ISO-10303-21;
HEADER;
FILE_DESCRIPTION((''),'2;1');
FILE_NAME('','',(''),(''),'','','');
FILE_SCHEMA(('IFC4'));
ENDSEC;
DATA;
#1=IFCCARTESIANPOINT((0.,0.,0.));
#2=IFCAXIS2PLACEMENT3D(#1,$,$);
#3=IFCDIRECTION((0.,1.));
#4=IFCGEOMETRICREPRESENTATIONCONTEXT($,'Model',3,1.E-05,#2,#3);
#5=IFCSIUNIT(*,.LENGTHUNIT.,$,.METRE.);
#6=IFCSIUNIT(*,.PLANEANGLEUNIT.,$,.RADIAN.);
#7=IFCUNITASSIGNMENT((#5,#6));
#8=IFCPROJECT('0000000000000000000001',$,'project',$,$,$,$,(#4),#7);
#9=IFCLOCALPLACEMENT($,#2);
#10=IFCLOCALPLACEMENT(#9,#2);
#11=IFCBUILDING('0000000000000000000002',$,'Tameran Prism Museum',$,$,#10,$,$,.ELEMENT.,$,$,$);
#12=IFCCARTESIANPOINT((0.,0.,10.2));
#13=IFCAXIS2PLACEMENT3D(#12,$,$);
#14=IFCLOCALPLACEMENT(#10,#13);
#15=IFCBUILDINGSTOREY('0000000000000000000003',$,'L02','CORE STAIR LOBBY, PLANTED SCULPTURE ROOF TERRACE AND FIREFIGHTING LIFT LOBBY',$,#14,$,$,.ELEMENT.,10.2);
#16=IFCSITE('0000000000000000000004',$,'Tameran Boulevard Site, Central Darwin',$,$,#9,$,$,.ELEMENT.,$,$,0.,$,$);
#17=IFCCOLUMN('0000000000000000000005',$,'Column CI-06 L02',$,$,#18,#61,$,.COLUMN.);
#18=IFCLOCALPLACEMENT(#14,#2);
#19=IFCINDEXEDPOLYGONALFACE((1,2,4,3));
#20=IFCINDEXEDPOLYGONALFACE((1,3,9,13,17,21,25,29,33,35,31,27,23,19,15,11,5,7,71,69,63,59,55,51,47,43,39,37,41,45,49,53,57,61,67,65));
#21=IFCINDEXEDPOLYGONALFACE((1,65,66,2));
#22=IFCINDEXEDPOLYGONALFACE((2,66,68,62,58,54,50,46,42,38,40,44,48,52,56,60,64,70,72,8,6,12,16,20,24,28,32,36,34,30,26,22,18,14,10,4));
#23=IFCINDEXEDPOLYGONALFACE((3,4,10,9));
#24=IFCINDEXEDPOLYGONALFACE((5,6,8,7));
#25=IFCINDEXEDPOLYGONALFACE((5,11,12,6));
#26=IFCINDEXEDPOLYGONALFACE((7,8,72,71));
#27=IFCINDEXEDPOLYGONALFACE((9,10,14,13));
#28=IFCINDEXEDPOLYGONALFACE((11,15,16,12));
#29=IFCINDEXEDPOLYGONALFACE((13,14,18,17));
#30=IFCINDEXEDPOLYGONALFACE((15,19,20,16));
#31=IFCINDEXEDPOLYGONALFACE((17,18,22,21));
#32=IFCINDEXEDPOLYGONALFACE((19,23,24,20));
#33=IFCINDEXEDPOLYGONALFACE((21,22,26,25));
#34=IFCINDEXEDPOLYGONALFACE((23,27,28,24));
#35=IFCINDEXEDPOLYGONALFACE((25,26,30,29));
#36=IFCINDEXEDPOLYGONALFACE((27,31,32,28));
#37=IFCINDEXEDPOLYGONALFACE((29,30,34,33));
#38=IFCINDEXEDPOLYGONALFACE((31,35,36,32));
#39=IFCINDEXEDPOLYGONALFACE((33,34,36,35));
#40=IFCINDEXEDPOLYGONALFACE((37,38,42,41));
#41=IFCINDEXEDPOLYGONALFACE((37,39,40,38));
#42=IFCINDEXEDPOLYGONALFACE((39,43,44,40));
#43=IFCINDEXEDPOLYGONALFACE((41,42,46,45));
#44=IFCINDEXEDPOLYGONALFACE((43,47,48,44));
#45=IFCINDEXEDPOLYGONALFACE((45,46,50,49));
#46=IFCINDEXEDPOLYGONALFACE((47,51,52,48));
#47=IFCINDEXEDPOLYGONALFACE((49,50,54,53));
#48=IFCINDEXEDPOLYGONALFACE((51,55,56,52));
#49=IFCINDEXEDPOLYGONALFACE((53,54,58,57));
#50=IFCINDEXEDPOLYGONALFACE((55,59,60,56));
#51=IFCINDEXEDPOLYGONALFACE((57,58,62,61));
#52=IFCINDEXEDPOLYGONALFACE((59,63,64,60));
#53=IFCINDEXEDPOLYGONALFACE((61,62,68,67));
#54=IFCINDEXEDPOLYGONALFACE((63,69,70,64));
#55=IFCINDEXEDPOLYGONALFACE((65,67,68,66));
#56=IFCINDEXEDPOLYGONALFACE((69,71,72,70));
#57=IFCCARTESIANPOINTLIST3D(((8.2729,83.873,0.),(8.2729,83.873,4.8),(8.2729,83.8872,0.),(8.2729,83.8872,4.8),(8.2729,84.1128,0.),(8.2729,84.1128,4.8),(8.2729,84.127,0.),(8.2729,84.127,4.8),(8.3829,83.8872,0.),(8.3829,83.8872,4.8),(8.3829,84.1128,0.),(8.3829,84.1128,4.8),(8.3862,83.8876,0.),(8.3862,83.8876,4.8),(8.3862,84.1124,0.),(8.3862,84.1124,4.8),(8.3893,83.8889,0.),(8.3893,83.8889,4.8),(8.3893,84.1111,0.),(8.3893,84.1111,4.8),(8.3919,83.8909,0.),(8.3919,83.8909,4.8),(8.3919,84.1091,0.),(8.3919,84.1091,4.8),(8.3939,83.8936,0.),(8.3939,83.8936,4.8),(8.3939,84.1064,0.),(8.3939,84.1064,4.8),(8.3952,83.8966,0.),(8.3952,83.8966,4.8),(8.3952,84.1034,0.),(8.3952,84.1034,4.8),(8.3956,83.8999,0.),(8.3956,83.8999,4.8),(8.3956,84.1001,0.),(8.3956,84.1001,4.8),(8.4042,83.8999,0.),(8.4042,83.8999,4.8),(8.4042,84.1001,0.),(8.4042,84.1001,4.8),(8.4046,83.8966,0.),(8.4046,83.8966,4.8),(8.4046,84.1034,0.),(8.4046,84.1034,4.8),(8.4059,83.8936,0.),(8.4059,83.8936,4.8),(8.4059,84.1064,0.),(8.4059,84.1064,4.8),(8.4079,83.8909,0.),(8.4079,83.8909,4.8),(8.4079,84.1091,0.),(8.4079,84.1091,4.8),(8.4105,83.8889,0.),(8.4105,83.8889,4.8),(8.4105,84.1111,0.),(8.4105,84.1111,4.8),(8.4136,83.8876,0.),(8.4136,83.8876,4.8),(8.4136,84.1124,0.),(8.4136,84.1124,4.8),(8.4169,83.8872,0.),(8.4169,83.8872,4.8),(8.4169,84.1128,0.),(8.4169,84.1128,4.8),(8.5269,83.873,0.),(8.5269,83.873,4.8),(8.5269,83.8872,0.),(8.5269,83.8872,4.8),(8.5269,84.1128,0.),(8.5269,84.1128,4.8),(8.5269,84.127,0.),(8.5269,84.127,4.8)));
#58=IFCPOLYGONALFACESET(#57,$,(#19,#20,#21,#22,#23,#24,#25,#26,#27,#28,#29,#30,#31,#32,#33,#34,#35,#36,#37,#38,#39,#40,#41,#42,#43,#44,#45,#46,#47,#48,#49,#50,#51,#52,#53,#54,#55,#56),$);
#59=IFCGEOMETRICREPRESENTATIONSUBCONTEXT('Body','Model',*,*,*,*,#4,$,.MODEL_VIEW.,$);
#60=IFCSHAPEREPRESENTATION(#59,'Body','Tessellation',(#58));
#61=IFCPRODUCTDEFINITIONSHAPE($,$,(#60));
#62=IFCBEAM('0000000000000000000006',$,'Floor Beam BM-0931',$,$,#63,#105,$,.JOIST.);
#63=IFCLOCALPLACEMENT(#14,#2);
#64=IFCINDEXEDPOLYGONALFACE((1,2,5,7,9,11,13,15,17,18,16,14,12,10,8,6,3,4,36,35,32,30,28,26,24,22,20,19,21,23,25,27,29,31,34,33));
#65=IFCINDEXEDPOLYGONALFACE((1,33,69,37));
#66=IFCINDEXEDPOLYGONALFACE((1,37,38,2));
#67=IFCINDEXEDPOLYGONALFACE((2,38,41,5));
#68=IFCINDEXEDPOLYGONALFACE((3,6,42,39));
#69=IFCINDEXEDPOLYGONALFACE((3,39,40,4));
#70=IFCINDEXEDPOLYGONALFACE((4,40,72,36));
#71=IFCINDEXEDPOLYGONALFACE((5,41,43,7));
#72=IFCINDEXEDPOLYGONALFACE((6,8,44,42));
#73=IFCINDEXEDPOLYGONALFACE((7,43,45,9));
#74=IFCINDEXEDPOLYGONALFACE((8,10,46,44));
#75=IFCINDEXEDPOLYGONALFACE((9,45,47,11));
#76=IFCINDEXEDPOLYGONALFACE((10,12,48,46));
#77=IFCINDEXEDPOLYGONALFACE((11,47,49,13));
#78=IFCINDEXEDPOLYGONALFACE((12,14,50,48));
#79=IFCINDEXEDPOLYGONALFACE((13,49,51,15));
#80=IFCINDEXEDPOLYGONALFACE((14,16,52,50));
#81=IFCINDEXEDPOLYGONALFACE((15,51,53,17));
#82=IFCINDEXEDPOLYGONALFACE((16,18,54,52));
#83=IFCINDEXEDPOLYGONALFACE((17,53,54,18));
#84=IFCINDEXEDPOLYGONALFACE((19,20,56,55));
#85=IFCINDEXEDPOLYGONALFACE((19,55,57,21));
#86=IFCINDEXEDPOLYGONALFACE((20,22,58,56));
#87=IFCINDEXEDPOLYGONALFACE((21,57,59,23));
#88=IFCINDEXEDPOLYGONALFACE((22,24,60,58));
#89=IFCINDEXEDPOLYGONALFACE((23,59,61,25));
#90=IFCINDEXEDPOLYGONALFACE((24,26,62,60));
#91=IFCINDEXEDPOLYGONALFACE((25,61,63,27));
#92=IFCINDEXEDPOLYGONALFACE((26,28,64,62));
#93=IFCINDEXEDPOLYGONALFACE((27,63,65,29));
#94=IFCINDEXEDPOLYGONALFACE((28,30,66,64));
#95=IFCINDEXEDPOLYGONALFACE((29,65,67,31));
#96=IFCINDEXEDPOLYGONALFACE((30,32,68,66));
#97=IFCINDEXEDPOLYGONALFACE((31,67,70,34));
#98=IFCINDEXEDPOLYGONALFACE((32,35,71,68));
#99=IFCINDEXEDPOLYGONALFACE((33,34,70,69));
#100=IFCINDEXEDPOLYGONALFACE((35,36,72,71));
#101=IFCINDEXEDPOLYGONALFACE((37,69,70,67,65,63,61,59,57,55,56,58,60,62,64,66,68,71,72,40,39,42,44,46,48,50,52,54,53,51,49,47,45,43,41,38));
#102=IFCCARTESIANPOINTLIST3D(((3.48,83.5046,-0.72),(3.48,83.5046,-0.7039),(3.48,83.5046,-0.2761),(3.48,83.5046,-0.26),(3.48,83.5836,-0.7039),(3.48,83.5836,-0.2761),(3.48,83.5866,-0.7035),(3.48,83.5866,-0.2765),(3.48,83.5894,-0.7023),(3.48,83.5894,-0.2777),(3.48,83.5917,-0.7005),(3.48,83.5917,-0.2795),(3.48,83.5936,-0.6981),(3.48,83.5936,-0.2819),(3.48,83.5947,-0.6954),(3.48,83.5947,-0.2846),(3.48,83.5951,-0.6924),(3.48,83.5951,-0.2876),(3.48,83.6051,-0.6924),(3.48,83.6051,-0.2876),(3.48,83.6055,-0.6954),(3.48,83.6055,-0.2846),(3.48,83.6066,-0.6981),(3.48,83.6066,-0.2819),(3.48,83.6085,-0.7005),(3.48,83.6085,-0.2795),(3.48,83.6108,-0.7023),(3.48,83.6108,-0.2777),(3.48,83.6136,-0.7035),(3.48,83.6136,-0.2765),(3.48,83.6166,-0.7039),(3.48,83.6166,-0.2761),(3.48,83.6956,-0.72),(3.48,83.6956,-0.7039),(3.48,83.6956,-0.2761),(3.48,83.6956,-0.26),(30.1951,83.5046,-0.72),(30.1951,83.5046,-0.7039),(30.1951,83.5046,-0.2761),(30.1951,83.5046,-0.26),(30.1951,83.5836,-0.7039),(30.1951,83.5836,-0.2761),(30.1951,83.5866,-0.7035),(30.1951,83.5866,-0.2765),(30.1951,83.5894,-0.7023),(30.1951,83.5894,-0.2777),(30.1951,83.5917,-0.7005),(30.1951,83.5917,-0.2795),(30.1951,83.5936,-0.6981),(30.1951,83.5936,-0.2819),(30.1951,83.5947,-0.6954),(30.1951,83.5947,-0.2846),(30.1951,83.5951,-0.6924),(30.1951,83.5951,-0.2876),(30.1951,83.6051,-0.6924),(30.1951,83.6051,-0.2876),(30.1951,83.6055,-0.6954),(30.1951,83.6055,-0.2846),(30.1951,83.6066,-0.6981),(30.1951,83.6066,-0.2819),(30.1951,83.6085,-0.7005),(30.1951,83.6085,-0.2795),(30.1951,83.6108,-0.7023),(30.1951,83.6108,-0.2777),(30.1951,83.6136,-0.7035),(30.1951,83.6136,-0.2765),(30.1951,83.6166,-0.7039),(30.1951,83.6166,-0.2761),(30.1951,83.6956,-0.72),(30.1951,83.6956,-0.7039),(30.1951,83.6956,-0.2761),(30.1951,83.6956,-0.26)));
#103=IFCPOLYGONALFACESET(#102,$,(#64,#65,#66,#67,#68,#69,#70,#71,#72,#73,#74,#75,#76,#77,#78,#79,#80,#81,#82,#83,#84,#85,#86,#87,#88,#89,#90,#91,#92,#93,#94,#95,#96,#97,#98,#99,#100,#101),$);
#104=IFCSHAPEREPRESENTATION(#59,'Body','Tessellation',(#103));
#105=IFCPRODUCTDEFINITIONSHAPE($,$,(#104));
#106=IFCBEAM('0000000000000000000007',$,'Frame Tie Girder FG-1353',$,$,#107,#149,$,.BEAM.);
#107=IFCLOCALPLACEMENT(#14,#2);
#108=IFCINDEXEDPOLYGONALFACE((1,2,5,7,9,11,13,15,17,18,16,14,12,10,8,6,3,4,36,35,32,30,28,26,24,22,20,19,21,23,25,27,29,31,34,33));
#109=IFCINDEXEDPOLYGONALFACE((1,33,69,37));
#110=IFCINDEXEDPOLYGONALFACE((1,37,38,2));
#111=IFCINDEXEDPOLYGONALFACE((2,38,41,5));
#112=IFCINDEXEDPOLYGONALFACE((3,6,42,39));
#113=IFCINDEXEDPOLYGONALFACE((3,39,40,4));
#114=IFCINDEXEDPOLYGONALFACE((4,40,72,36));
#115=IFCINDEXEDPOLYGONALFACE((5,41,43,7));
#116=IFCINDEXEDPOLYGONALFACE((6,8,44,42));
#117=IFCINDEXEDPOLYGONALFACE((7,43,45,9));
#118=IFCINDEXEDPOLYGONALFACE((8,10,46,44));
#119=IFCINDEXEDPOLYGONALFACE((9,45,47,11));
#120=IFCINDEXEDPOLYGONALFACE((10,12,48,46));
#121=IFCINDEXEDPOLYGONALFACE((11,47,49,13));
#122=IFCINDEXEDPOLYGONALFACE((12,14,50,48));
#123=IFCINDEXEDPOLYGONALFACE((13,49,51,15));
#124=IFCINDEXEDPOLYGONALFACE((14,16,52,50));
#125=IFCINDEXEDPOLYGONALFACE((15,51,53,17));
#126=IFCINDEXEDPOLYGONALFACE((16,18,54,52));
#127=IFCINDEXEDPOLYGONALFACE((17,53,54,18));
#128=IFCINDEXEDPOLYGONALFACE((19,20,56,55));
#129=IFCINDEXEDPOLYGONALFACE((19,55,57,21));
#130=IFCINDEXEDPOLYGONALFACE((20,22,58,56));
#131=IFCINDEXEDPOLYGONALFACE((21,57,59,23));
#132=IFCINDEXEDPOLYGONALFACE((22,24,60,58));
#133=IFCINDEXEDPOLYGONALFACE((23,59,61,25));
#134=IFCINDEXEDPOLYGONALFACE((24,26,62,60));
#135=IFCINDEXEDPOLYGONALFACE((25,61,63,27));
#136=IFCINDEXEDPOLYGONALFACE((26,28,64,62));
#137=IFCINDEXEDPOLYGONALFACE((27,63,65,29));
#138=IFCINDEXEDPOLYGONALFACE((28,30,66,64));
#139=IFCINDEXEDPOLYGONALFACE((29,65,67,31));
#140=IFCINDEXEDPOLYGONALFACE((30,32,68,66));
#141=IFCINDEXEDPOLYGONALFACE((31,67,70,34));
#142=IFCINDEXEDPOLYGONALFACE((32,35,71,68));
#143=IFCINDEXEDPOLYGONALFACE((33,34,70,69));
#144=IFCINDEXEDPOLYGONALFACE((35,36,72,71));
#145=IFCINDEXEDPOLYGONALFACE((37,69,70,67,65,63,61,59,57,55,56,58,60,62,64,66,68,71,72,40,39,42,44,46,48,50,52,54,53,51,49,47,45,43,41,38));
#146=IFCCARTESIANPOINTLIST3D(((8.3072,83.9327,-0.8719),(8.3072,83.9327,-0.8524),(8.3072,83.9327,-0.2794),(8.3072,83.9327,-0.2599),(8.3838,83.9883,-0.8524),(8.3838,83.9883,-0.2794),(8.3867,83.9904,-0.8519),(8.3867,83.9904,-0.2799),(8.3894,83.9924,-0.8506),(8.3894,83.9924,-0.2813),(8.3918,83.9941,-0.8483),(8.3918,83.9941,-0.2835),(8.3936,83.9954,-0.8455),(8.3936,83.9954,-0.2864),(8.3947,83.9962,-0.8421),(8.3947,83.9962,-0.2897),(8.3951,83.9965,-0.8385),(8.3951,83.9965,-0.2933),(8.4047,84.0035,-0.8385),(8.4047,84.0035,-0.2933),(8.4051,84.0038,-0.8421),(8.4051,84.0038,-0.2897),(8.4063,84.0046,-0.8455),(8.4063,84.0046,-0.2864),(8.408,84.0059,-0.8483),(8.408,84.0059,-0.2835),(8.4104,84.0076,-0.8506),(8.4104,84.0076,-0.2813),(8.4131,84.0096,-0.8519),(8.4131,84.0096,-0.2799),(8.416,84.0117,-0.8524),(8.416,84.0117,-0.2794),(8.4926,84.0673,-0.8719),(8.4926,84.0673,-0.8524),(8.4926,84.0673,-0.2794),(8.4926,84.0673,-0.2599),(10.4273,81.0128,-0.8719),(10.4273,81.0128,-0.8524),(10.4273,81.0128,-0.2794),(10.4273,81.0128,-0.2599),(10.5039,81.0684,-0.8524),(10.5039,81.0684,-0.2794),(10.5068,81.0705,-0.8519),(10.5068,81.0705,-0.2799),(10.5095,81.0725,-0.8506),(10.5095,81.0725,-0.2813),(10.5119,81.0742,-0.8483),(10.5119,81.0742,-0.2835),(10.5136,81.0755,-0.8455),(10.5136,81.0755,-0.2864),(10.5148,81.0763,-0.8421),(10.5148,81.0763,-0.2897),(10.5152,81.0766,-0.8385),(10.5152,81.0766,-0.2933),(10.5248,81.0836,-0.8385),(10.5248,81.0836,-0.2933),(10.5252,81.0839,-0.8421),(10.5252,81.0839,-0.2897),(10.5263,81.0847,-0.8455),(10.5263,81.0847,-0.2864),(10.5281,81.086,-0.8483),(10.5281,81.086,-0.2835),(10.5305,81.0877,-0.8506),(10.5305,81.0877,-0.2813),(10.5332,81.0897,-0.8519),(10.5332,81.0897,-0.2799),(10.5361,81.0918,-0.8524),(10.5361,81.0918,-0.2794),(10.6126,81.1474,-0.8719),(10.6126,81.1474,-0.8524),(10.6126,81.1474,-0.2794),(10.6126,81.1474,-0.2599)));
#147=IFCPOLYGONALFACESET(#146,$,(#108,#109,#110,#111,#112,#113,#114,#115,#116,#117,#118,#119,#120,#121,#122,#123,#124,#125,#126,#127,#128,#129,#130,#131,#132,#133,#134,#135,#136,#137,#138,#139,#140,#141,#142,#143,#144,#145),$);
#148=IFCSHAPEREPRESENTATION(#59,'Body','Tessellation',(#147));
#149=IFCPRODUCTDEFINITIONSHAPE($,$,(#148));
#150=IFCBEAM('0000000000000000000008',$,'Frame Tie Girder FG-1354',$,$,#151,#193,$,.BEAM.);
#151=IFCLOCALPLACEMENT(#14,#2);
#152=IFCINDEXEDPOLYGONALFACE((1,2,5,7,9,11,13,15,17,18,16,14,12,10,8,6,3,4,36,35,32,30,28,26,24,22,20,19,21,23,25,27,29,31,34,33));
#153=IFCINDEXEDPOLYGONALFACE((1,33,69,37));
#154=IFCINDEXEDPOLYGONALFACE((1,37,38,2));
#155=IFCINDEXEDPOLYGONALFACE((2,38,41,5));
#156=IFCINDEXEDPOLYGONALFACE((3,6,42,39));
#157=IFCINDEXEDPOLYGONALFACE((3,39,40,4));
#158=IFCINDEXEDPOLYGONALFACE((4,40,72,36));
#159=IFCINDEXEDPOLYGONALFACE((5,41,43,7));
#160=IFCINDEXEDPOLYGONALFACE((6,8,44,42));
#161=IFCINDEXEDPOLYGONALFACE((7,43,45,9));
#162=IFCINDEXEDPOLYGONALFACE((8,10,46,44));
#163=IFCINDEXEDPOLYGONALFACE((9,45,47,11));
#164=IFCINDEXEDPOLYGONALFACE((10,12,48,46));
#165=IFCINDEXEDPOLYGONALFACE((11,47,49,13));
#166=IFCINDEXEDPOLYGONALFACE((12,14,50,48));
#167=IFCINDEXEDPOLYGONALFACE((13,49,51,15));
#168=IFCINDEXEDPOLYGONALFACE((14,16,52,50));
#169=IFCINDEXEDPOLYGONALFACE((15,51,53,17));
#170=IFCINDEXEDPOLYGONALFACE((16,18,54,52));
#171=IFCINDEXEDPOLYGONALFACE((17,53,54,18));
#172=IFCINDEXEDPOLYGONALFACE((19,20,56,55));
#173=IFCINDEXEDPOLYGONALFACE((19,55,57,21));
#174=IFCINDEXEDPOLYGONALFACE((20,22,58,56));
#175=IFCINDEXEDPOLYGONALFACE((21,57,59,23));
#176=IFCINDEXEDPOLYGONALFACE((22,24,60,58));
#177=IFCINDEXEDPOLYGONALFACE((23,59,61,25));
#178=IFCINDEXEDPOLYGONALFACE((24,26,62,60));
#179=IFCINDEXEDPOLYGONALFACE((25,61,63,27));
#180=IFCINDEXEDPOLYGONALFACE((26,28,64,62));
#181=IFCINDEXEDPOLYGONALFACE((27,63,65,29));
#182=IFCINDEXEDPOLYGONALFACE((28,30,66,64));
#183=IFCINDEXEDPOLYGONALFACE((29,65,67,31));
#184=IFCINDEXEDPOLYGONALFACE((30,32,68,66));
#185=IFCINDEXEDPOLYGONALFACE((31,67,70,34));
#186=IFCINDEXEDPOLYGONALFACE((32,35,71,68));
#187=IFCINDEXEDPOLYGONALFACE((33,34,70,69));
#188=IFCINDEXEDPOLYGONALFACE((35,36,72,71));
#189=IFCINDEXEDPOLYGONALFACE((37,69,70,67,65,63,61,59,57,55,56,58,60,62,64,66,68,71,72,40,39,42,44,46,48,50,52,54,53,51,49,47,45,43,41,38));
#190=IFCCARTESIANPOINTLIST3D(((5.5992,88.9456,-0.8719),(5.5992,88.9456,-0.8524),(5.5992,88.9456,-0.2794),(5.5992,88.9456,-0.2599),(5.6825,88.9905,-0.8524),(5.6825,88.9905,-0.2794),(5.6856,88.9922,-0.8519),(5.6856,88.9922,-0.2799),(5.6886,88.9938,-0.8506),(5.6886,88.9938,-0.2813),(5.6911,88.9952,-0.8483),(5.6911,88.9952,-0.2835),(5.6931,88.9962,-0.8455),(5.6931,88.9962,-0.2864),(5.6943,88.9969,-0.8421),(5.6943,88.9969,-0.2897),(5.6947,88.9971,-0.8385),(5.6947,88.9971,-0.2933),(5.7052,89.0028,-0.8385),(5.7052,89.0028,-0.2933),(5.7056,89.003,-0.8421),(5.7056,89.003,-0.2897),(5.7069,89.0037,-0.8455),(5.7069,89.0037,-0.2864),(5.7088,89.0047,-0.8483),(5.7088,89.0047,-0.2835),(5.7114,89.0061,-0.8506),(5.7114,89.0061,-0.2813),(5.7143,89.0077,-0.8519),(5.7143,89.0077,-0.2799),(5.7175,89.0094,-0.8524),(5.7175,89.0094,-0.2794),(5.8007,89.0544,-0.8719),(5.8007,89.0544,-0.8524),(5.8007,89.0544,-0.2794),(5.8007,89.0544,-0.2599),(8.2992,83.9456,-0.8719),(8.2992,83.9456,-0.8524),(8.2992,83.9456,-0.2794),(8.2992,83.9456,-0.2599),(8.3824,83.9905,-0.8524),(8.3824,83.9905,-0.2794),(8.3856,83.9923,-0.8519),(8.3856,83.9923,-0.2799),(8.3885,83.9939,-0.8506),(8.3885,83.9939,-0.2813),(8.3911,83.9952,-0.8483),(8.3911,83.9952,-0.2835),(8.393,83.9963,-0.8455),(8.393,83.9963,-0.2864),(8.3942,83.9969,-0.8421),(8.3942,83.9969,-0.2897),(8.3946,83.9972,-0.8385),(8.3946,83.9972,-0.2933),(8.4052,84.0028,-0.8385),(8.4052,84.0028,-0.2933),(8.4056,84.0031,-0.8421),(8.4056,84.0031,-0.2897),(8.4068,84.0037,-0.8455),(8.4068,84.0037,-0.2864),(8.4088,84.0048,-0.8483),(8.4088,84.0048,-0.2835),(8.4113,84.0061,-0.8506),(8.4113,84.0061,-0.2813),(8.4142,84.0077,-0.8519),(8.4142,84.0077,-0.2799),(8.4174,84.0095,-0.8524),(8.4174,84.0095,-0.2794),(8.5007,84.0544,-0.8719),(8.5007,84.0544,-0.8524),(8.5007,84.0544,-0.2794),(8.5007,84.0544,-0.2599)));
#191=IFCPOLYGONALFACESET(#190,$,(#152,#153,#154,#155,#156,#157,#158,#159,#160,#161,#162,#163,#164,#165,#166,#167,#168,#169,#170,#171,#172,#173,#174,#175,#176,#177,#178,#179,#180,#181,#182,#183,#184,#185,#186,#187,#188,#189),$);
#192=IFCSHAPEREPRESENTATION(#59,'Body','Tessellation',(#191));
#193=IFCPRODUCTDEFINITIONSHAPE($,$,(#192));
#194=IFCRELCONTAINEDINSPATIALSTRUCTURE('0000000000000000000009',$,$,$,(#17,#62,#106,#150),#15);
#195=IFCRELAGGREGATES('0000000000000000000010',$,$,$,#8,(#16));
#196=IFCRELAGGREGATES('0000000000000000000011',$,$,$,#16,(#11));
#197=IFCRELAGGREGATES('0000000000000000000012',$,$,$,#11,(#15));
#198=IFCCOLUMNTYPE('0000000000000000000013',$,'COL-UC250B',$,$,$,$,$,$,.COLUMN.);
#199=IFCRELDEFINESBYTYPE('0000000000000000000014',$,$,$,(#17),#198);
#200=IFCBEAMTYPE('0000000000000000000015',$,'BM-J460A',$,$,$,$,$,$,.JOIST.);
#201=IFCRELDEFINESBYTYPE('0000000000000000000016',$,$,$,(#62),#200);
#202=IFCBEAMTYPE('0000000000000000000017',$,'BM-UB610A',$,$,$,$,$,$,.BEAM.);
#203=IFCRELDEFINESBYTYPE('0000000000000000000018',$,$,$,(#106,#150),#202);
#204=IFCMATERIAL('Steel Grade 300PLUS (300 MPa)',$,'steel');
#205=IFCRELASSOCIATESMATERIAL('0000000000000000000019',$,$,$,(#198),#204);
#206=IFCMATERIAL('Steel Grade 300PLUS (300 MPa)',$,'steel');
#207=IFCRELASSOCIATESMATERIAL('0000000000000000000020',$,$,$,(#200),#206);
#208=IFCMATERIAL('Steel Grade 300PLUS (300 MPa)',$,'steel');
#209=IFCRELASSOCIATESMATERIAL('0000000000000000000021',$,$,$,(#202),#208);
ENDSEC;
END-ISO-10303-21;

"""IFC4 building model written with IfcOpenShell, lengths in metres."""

from ifc_helpers import new_model, si_unit, direction, frame, origin, origin_2d, place, context, subcontext, project, spatial, i_section, extrude, material, material_profile, profile_set, type_object, element, save


model = new_model("IFC4")

# Units and contexts
model_context = context("Model", 3, precision=1e-05, world=origin(), true_north=direction((0.0, 1.0)))
body_context = subcontext(model_context, "Body", "Model", "MODEL_VIEW")
ifc_project = project(units=[si_unit("LENGTHUNIT", "METRE"), si_unit("PLANEANGLEUNIT", "RADIAN")], contexts=[model_context])

# Site, building, storey
site_placement = place(None, origin())
site = spatial("IfcSite", under=ifc_project, at=site_placement, Name="Tameran Boulevard Site, Central Darwin", CompositionType="ELEMENT", RefElevation=0.0)
building_placement = place(site_placement, origin())
building = spatial("IfcBuilding", under=site, at=building_placement, Name="Tameran Prism Museum", CompositionType="ELEMENT")
storey_placement = place(building_placement, frame((0.0, 0.0, 10.2)))
storey = spatial("IfcBuildingStorey", under=building, at=storey_placement, Name="L02", Description="CORE STAIR LOBBY, PLANTED SCULPTURE ROOF TERRACE AND FIREFIGHTING LIFT LOBBY", CompositionType="ELEMENT", Elevation=10.2)

# Column
ifc_material_1 = material(Name="Steel Grade 300PLUS (300 MPa)", Category="steel")
ifc_material_profile_1 = material_profile(ifc_material_1, i_section(OverallWidth=0.2539, OverallDepth=0.2539, WebThickness=0.0085, FlangeThickness=0.0142, FilletRadius=0.0127, at=origin_2d()))
ifc_profile_set_1 = profile_set([ifc_material_profile_1])
column_type = type_object("IfcColumnType", Name="COL-UC250B", PredefinedType="COLUMN", material=ifc_profile_set_1)
column_placement = place(storey_placement, frame((8.3999, 84.0, 0.0), z_axis=(0.0, 0.0, 1.0), x_axis=(1.0, 0.0, 0.0)))
element("IfcColumn", 1, at=column_placement, inside=storey, type_object=column_type, Name="Column CI-06 L02", PredefinedType="COLUMN", context=body_context, shape_type="SweptSolid", body=[
    extrude(i_section(OverallWidth=0.2539, OverallDepth=0.2539, WebThickness=0.0085, FlangeThickness=0.0142, FilletRadius=0.0127, at=origin_2d()), origin(), (0.0, 0.0, 1.0), 4.8),
])

# Beams
ifc_material_2 = material(Name="Steel Grade 300PLUS (300 MPa)", Category="steel")
ifc_material_profile_2 = material_profile(ifc_material_2, i_section(OverallWidth=0.1909, OverallDepth=0.46, WebThickness=0.01, FlangeThickness=0.0161, FilletRadius=0.0115, at=origin_2d()))
ifc_profile_set_2 = profile_set([ifc_material_profile_2])
beam_type_1 = type_object("IfcBeamType", Name="BM-J460A", PredefinedType="JOIST", material=ifc_profile_set_2)
beam_1_placement = place(storey_placement, frame((3.48, 83.6001, -0.49), z_axis=(1.0, 0.0, 0.0), x_axis=(0.0, 1.0, 0.0)))
element("IfcBeam", 2, at=beam_1_placement, inside=storey, type_object=beam_type_1, Name="Floor Beam BM-0931", PredefinedType="JOIST", context=body_context, shape_type="SweptSolid", body=[
    extrude(i_section(OverallWidth=0.1909, OverallDepth=0.46, WebThickness=0.01, FlangeThickness=0.0161, FilletRadius=0.0115, at=origin_2d()), origin(), (0.0, 0.0, 1.0), 26.7151),
])
ifc_material_3 = material(Name="Steel Grade 300PLUS (300 MPa)", Category="steel")
ifc_material_profile_3 = material_profile(ifc_material_3, i_section(OverallWidth=0.229, OverallDepth=0.6121, WebThickness=0.012, FlangeThickness=0.0195, FilletRadius=0.0139, at=origin_2d()))
ifc_profile_set_3 = profile_set([ifc_material_profile_3])
beam_type_2 = type_object("IfcBeamType", Name="BM-UB610A", PredefinedType="BEAM", material=ifc_profile_set_3)
beam_2_placement = place(storey_placement, frame((8.3999, 84.0, -0.5659), z_axis=(0.587544, -0.809192, 0.0), x_axis=(0.809192, 0.587544, 0.0)))
element("IfcBeam", 3, at=beam_2_placement, inside=storey, type_object=beam_type_2, Name="Frame Tie Girder FG-1353", PredefinedType="BEAM", context=body_context, shape_type="SweptSolid", body=[
    extrude(i_section(OverallWidth=0.229, OverallDepth=0.6121, WebThickness=0.012, FlangeThickness=0.0195, FilletRadius=0.0139, at=origin_2d()), origin(), (0.0, 0.0, 1.0), 3.6084),
])
beam_3_placement = place(storey_placement, frame((8.3999, 84.0, -0.5659), z_axis=(-0.475142, 0.879909, 0.0), x_axis=(-0.879909, -0.475142, 0.0)))
element("IfcBeam", 4, at=beam_3_placement, inside=storey, type_object=beam_type_2, Name="Frame Tie Girder FG-1354", PredefinedType="BEAM", context=body_context, shape_type="SweptSolid", body=[
    extrude(i_section(OverallWidth=0.229, OverallDepth=0.6121, WebThickness=0.012, FlangeThickness=0.0195, FilletRadius=0.0139, at=origin_2d()), origin(), (0.0, 0.0, 1.0), 5.6824),
])

save(model, "model.ifc")
